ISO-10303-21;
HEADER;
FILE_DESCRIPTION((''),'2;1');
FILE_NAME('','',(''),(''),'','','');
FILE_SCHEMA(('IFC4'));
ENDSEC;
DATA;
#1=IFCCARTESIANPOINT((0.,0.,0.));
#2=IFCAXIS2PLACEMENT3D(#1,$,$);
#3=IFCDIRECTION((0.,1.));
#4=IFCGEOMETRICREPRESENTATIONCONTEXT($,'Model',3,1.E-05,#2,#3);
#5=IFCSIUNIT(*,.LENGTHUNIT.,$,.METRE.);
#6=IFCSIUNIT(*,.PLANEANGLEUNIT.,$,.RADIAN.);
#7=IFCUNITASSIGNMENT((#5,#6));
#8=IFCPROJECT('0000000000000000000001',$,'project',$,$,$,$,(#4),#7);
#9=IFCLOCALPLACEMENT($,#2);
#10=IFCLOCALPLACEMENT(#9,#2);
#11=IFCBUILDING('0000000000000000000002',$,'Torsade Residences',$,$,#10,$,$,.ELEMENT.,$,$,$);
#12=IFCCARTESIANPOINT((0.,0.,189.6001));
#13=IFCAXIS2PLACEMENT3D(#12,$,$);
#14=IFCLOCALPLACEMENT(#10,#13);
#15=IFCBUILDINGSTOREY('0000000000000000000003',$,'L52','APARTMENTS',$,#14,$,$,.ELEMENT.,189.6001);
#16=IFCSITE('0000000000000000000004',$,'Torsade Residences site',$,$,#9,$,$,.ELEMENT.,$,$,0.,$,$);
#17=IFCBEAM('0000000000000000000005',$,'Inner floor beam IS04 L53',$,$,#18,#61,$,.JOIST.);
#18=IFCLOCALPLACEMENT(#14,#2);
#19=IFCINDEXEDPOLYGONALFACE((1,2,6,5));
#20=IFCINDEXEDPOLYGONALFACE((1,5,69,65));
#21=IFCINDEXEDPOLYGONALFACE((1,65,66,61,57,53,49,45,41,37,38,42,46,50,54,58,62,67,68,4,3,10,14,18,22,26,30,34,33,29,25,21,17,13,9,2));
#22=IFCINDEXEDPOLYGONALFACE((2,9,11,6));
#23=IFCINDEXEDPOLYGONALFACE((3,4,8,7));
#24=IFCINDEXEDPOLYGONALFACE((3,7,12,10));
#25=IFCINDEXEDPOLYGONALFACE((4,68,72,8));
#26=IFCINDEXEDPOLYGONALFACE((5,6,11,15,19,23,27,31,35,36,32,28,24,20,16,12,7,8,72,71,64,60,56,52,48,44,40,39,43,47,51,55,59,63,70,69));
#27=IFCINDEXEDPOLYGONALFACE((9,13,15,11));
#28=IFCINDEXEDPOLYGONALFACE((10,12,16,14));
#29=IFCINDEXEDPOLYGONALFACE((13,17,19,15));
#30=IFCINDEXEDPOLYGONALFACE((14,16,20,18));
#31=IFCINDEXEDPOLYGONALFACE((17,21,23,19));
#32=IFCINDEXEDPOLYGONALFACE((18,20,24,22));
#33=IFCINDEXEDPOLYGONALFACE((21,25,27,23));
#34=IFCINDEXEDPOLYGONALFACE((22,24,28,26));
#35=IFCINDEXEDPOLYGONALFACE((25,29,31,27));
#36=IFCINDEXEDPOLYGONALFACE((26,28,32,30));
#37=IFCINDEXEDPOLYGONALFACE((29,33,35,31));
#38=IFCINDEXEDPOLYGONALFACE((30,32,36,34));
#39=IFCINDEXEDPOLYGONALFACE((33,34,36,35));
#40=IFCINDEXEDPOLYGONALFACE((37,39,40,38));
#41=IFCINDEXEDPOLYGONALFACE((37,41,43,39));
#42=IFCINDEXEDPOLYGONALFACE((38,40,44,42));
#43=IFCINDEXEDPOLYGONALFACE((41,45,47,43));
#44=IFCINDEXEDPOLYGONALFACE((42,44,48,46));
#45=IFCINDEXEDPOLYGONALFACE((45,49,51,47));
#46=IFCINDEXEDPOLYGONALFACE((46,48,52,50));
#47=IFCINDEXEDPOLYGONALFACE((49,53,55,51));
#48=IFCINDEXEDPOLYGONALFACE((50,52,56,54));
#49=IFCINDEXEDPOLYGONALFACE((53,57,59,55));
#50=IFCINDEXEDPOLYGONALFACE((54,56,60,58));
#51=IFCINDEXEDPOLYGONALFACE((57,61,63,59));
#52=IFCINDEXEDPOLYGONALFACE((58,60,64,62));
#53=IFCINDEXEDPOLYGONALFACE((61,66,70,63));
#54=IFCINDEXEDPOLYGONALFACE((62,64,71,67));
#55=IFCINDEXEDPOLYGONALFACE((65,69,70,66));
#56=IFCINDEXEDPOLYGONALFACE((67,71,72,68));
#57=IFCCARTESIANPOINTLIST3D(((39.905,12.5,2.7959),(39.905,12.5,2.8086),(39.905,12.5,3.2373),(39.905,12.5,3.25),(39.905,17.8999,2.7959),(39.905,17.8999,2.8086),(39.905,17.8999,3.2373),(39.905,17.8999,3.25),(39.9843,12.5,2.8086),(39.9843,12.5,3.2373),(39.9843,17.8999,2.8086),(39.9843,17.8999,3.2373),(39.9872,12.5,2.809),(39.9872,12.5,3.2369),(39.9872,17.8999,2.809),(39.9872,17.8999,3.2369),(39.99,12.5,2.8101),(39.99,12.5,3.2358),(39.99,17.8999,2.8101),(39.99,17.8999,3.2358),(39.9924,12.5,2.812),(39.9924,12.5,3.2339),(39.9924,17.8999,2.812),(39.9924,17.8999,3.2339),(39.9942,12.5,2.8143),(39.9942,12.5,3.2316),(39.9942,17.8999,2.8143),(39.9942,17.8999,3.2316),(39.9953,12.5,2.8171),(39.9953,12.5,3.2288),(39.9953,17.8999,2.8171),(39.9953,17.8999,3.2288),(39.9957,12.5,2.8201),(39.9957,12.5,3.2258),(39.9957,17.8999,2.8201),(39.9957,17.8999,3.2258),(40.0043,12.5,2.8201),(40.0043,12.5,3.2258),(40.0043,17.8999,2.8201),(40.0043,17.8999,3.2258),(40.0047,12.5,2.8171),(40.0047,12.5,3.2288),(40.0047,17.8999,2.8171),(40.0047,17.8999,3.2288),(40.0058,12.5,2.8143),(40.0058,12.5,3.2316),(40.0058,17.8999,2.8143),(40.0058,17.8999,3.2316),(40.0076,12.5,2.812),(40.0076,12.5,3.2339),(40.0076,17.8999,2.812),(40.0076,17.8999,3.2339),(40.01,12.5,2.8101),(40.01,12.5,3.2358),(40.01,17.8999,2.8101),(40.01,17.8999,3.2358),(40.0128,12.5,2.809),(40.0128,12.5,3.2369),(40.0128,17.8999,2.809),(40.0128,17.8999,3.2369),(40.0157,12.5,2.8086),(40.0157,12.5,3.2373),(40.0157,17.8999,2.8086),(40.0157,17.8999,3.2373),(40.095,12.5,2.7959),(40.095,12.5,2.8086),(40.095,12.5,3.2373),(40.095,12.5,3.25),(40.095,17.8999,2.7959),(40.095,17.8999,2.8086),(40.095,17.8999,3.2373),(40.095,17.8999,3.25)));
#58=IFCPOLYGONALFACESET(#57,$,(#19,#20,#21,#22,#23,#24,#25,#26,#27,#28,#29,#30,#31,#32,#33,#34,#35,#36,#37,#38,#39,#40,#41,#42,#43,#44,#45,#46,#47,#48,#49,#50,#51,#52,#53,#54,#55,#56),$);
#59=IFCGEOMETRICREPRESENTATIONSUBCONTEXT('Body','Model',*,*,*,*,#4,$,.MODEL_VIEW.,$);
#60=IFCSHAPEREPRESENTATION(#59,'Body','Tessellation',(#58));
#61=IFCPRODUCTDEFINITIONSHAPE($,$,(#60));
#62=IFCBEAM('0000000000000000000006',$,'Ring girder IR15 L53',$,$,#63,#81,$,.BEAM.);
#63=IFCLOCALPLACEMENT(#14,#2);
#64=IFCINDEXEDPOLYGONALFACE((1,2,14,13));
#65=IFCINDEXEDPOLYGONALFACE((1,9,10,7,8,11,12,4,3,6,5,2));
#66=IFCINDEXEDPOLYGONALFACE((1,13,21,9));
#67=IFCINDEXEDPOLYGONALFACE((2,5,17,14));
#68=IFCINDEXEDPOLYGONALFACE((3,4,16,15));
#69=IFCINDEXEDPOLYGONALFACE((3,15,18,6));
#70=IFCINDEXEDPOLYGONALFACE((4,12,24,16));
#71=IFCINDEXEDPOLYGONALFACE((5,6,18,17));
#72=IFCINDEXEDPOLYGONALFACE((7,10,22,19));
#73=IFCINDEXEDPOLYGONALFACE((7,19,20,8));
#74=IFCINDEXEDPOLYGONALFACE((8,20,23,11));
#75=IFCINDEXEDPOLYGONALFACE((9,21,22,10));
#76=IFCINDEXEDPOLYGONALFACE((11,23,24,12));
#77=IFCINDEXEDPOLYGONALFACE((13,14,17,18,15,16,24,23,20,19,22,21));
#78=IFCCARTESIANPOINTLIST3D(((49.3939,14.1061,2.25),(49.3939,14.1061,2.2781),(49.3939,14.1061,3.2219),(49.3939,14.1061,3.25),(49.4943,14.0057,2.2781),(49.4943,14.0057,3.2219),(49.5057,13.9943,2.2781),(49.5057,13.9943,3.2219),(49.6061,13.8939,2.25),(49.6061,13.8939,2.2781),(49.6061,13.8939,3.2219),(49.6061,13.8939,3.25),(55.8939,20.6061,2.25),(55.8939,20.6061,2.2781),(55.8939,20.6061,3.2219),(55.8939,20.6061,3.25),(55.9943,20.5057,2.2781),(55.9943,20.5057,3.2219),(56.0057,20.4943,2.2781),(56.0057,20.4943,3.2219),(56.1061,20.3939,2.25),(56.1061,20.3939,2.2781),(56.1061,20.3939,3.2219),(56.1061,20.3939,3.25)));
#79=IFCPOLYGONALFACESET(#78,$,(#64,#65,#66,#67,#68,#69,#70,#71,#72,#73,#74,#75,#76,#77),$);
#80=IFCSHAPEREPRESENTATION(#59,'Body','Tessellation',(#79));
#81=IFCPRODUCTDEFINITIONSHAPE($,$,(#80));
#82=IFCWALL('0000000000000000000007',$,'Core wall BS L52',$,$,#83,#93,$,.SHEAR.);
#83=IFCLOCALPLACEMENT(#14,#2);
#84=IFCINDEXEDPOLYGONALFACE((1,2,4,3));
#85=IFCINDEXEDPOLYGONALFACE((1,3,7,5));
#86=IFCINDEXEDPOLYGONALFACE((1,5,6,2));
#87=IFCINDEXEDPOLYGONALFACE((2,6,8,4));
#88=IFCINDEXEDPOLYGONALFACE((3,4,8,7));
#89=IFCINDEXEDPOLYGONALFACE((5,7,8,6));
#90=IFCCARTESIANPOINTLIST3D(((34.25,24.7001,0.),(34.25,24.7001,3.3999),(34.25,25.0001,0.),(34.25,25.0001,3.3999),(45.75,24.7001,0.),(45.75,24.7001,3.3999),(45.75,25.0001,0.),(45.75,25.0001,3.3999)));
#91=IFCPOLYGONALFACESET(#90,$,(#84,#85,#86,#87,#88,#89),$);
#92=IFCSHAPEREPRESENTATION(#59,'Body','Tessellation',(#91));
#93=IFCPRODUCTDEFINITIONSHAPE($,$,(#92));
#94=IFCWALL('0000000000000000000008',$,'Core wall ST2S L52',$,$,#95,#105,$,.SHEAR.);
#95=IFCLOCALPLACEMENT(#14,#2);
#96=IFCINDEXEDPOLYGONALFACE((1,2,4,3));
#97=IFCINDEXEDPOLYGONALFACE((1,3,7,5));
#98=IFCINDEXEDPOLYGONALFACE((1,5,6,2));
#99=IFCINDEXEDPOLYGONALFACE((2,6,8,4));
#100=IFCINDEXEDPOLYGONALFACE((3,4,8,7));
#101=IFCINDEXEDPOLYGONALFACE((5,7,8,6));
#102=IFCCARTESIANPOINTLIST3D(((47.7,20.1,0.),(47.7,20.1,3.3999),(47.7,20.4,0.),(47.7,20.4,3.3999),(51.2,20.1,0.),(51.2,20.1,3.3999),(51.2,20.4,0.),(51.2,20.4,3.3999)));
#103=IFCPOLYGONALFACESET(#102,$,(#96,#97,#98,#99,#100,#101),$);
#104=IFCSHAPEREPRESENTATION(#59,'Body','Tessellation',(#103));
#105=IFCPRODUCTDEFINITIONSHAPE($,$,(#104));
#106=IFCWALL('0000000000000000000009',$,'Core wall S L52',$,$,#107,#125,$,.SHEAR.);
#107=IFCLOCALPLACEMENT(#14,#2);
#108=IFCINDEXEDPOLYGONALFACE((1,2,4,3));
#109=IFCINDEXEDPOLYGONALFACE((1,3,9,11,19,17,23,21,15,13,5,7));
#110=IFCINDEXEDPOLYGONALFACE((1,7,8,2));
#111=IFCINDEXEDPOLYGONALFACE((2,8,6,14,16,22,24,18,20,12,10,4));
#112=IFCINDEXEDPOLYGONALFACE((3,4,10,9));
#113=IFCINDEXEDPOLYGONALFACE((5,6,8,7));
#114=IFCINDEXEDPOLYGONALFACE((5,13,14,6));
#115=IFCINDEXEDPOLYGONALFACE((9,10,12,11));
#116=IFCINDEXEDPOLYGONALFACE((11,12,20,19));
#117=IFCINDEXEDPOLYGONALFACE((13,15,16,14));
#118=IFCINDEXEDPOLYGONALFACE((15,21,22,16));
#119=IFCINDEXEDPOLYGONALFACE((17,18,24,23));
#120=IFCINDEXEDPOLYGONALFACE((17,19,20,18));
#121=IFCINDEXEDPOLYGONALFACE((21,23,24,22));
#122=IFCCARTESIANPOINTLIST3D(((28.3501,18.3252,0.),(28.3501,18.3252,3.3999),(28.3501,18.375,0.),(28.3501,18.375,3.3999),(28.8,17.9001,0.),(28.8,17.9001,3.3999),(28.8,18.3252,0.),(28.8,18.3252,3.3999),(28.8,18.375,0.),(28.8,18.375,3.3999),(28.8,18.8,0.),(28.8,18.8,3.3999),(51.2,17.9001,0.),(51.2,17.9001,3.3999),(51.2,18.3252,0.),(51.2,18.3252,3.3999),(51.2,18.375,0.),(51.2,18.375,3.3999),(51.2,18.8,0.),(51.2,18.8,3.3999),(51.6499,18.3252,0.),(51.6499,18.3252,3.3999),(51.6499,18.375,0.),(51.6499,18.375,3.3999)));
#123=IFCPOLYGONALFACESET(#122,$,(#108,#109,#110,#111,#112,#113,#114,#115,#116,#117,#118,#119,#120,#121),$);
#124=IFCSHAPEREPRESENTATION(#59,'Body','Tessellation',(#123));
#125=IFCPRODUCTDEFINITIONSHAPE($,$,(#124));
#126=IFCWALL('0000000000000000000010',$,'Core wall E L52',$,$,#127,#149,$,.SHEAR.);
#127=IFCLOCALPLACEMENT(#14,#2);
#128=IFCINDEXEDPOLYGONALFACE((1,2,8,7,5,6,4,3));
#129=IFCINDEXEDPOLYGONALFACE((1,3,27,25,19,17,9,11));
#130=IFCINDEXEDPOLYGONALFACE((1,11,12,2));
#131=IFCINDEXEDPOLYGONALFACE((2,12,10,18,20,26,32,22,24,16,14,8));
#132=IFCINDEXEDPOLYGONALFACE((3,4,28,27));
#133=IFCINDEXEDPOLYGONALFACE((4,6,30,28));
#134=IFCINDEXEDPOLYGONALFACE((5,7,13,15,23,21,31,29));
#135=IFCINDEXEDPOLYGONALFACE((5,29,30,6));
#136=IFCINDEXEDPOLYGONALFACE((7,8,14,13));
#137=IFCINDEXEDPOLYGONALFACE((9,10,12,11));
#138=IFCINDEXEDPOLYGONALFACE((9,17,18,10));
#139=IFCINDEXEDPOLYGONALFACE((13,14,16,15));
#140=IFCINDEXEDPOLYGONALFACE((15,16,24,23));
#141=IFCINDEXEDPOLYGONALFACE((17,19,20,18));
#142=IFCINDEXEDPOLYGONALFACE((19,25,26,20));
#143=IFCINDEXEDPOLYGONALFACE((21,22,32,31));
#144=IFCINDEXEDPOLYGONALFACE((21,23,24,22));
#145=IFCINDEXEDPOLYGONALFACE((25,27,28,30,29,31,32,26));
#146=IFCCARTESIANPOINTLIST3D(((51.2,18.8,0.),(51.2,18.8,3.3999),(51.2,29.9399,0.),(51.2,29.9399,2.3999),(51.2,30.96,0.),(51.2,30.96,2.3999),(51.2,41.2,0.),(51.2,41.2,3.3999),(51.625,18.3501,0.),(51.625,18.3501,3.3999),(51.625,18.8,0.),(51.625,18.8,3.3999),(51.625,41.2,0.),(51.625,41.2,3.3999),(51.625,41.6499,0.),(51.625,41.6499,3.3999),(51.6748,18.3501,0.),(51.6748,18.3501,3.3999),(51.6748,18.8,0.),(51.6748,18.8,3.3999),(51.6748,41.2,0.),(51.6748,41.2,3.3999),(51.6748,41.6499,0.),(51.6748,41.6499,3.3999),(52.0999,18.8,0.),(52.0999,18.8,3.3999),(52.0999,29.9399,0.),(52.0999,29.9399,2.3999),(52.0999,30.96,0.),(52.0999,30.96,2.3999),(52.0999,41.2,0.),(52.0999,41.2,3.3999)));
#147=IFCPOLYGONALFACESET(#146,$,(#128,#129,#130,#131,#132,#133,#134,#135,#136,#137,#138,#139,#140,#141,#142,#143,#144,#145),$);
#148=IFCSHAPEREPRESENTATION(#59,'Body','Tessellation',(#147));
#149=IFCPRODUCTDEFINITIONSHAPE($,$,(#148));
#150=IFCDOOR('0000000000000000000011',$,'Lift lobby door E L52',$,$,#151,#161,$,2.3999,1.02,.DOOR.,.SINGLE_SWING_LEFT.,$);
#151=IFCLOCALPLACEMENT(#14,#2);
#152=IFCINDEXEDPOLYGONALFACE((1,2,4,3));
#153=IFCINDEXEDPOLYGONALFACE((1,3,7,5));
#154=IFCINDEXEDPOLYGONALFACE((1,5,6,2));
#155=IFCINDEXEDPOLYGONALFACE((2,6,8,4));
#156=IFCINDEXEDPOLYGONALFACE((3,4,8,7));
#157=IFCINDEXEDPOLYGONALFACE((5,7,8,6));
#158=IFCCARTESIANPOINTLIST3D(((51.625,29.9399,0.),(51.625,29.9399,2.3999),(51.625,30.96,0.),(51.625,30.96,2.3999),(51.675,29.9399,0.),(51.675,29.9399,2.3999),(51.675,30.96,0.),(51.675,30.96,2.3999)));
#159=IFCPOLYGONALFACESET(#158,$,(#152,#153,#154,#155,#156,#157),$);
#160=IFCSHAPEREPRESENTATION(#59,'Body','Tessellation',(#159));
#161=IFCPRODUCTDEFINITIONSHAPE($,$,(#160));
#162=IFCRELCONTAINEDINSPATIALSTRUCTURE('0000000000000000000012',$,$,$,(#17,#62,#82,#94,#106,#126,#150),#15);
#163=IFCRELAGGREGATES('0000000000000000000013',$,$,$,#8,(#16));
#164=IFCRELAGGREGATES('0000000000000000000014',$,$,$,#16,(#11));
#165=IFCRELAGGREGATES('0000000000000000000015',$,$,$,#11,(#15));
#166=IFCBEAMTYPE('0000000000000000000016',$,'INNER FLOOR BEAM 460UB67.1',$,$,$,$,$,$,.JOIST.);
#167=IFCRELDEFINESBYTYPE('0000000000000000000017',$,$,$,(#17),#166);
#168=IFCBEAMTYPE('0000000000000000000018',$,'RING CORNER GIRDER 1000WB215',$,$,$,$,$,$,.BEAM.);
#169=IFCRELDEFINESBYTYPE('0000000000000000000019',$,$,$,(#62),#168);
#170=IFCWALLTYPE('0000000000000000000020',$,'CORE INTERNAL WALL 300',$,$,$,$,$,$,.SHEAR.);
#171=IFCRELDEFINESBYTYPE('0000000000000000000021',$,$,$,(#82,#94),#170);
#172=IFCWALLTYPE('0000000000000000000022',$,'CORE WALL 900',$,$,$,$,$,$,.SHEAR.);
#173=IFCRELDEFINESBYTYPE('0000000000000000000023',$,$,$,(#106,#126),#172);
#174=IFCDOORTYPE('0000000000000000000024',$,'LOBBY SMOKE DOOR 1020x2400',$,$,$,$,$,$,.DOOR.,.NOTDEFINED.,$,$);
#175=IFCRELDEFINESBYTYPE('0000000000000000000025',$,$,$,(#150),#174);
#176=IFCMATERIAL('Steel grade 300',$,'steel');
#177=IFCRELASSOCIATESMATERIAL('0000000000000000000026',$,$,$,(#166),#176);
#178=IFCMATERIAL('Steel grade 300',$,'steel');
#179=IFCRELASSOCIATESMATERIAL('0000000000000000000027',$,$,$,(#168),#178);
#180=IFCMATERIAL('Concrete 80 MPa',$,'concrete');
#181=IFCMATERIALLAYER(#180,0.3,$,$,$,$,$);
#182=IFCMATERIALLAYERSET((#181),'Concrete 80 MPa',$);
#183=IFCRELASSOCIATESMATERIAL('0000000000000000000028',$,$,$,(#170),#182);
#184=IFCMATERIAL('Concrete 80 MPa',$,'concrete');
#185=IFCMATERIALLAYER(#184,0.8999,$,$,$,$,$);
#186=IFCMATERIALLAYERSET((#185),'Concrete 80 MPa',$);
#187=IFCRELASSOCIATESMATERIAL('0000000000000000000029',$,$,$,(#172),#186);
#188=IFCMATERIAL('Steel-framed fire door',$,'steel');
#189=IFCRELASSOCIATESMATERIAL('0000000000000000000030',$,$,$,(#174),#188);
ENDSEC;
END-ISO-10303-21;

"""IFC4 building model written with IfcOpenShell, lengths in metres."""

from ifc_helpers import new_model, si_unit, direction, frame, frame_2d, origin, origin_2d, place, context, subcontext, project, spatial, polyline, rectangle, i_section, outline, extrude, material, layer, layer_set, material_profile, profile_set, type_object, element, fill, save


model = new_model("IFC4")

# Units and contexts
model_context = context("Model", 3, precision=1e-05, world=origin(), true_north=direction((0.0, 1.0)))
body_context = subcontext(model_context, "Body", "Model", "MODEL_VIEW")
ifc_project = project(units=[si_unit("LENGTHUNIT", "METRE"), si_unit("PLANEANGLEUNIT", "RADIAN")], contexts=[model_context])

# Site, building, storey
site_placement = place(None, origin())
site = spatial("IfcSite", under=ifc_project, at=site_placement, Name="Torsade Residences site", CompositionType="ELEMENT", RefElevation=0.0)
building_placement = place(site_placement, origin())
building = spatial("IfcBuilding", under=site, at=building_placement, Name="Torsade Residences", CompositionType="ELEMENT")
storey_placement = place(building_placement, frame((0.0, 0.0, 189.6001)))
storey = spatial("IfcBuildingStorey", under=building, at=storey_placement, Name="L52", Description="APARTMENTS", CompositionType="ELEMENT", Elevation=189.6001)

# Beams
ifc_material_1 = material(Name="Steel grade 300", Category="steel")
ifc_material_profile_1 = material_profile(ifc_material_1, i_section(OverallWidth=0.1899, OverallDepth=0.4541, WebThickness=0.0085, FlangeThickness=0.0127, FilletRadius=0.0115, at=origin_2d()), Name="460UB67.1")
ifc_profile_set_1 = profile_set([ifc_material_profile_1], Name="Steel grade 300")
beam_type_1 = type_object("IfcBeamType", Name="INNER FLOOR BEAM 460UB67.1", PredefinedType="JOIST", material=ifc_profile_set_1)
for number, where, z_axis, x_axis, name in (
    (1, (40.0, 17.8999, 3.0229), (0.0, -1.0, 0.0), (1.0, 0.0, 0.0), "Inner floor beam IS04 L53"),
):
    element("IfcBeam", number, at=place(storey_placement, frame(where, z_axis=z_axis, x_axis=x_axis)), inside=storey, type_object=beam_type_1, Name=name, PredefinedType="JOIST", context=body_context, shape_type="SweptSolid", body=[
        extrude(i_section(OverallWidth=0.1899, OverallDepth=0.4541, WebThickness=0.0085, FlangeThickness=0.0127, FilletRadius=0.0115, at=origin_2d()), origin(), (0.0, 0.0, 1.0), 5.3999),
    ])
ifc_material_2 = material(Name="Steel grade 300", Category="steel")
ifc_material_profile_2 = material_profile(ifc_material_2, i_section(OverallWidth=0.3, OverallDepth=1.0, WebThickness=0.0161, FlangeThickness=0.0281, at=origin_2d()), Name="1000WB215")
ifc_profile_set_2 = profile_set([ifc_material_profile_2], Name="Steel grade 300")
beam_type_2 = type_object("IfcBeamType", Name="RING CORNER GIRDER 1000WB215", PredefinedType="BEAM", material=ifc_profile_set_2)
beam_1_placement = place(storey_placement, frame((49.5, 14.0, 2.75), z_axis=(0.707107, 0.707107, 0.0), x_axis=(-0.707107, 0.707107, 0.0)))
element("IfcBeam", 2, at=beam_1_placement, inside=storey, type_object=beam_type_2, Name="Ring girder IR15 L53", PredefinedType="BEAM", context=body_context, shape_type="SweptSolid", body=[
    extrude(i_section(OverallWidth=0.3, OverallDepth=1.0, WebThickness=0.0161, FlangeThickness=0.0281, at=origin_2d()), origin(), (0.0, 0.0, 1.0), 9.1924),
])

# Walls
ifc_material_3 = material(Name="Concrete 80 MPa", Category="concrete")
ifc_layer_1 = layer(ifc_material_3, 0.3)
ifc_layer_set_1 = layer_set([ifc_layer_1], Name="Concrete 80 MPa")
wall_type_1 = type_object("IfcWallType", Name="CORE INTERNAL WALL 300", PredefinedType="SHEAR", material=ifc_layer_set_1)
wall_1_placement = place(storey_placement, frame((45.75, 24.8501, 0.0), z_axis=(0.0, 0.0, 1.0), x_axis=(-1.0, 0.0, 0.0)))
element("IfcWall", 3, at=wall_1_placement, inside=storey, type_object=wall_type_1, Name="Core wall BS L52", PredefinedType="SHEAR", context=body_context, shape_type="SweptSolid", body=[
    extrude(rectangle(XDim=11.5, YDim=0.3, at=frame_2d((5.75, 0.0))), origin(), (0.0, 0.0, 1.0), 3.3999),
])
wall_2_placement = place(storey_placement, frame((51.2, 20.25, 0.0), z_axis=(0.0, 0.0, 1.0), x_axis=(-1.0, 0.0, 0.0)))
element("IfcWall", 4, at=wall_2_placement, inside=storey, type_object=wall_type_1, Name="Core wall ST2S L52", PredefinedType="SHEAR", context=body_context, shape_type="SweptSolid", body=[
    extrude(rectangle(XDim=3.5, YDim=0.3, at=frame_2d((1.75, 0.0))), origin(), (0.0, 0.0, 1.0), 3.3999),
])
ifc_material_4 = material(Name="Concrete 80 MPa", Category="concrete")
ifc_layer_2 = layer(ifc_material_4, 0.8999)
ifc_layer_set_2 = layer_set([ifc_layer_2], Name="Concrete 80 MPa")
wall_type_2 = type_object("IfcWallType", Name="CORE WALL 900", PredefinedType="SHEAR", material=ifc_layer_set_2)
wall_3_placement = place(storey_placement, frame((51.2, 18.3501, 0.0), z_axis=(0.0, 0.0, 1.0), x_axis=(-1.0, 0.0, 0.0)))
element("IfcWall", 5, at=wall_3_placement, inside=storey, type_object=wall_type_2, Name="Core wall S L52", PredefinedType="SHEAR", context=body_context, shape_type="SweptSolid", body=[
    extrude(outline(polyline([(0.0, -0.45), (22.3999, -0.45), (22.3999, -0.0249), (22.8499, -0.0249), (22.8499, 0.0249), (22.3999, 0.0249), (22.3999, 0.45), (0.0, 0.45), (0.0, 0.0249), (-0.45, 0.0249), (-0.45, -0.0249), (0.0, -0.0249), (0.0, -0.45)])), origin(), (0.0, 0.0, 1.0), 3.3999),
])

# Wall, opening, door
wall_4_placement = place(storey_placement, frame((51.6499, 18.8, 0.0), z_axis=(0.0, 0.0, 1.0), x_axis=(0.0, 1.0, 0.0)))
wall_4 = element("IfcWall", 6, at=wall_4_placement, inside=storey, type_object=wall_type_2, Name="Core wall E L52", PredefinedType="SHEAR", context=body_context, shape_type="SweptSolid", body=[
    extrude(outline(polyline([(0.0, -0.45), (22.3999, -0.45), (22.3999, -0.0249), (22.8499, -0.0249), (22.8499, 0.0249), (22.3999, 0.0249), (22.3999, 0.45), (0.0, 0.45), (0.0, 0.0249), (-0.45, 0.0249), (-0.45, -0.0249), (0.0, -0.0249), (0.0, -0.45)])), origin(), (0.0, 0.0, 1.0), 3.3999),
])
opening_1_placement = place(wall_4_placement, frame((11.1399, 0.0, 0.0)))
opening_1 = element("IfcOpeningElement", 7, at=opening_1_placement, cuts=wall_4, PredefinedType="OPENING", context=body_context, shape_type="SweptSolid", body=[
    extrude(rectangle(XDim=1.02, YDim=2.3999, at=frame_2d((0.51, 1.2))), frame((0.0, 0.46, 0.0), z_axis=(0.0, -1.0, 0.0), x_axis=(1.0, 0.0, 0.0)), (0.0, 0.0, 1.0), 0.9199),
])
ifc_material_5 = material(Name="Steel-framed fire door", Category="steel")
door_type_1 = type_object("IfcDoorType", Name="LOBBY SMOKE DOOR 1020x2400", OperationType="NOTDEFINED", PredefinedType="DOOR", material=ifc_material_5)
door_1_placement = place(opening_1_placement, origin())
door_1 = element("IfcDoor", 8, at=door_1_placement, inside=storey, type_object=door_type_1, Name="Lift lobby door E L52", OperationType="SINGLE_SWING_LEFT", OverallHeight=2.3999, OverallWidth=1.02, PredefinedType="DOOR", context=body_context, shape_type="SweptSolid", body=[
    extrude(rectangle(XDim=1.02, YDim=2.3999, at=frame_2d((0.51, 1.2))), frame((0.0, 0.0249, 0.0), z_axis=(0.0, -1.0, 0.0), x_axis=(1.0, 0.0, 0.0)), (0.0, 0.0, 1.0), 0.05),
])
fill(opening_1, door_1)

save(model, "model.ifc")
